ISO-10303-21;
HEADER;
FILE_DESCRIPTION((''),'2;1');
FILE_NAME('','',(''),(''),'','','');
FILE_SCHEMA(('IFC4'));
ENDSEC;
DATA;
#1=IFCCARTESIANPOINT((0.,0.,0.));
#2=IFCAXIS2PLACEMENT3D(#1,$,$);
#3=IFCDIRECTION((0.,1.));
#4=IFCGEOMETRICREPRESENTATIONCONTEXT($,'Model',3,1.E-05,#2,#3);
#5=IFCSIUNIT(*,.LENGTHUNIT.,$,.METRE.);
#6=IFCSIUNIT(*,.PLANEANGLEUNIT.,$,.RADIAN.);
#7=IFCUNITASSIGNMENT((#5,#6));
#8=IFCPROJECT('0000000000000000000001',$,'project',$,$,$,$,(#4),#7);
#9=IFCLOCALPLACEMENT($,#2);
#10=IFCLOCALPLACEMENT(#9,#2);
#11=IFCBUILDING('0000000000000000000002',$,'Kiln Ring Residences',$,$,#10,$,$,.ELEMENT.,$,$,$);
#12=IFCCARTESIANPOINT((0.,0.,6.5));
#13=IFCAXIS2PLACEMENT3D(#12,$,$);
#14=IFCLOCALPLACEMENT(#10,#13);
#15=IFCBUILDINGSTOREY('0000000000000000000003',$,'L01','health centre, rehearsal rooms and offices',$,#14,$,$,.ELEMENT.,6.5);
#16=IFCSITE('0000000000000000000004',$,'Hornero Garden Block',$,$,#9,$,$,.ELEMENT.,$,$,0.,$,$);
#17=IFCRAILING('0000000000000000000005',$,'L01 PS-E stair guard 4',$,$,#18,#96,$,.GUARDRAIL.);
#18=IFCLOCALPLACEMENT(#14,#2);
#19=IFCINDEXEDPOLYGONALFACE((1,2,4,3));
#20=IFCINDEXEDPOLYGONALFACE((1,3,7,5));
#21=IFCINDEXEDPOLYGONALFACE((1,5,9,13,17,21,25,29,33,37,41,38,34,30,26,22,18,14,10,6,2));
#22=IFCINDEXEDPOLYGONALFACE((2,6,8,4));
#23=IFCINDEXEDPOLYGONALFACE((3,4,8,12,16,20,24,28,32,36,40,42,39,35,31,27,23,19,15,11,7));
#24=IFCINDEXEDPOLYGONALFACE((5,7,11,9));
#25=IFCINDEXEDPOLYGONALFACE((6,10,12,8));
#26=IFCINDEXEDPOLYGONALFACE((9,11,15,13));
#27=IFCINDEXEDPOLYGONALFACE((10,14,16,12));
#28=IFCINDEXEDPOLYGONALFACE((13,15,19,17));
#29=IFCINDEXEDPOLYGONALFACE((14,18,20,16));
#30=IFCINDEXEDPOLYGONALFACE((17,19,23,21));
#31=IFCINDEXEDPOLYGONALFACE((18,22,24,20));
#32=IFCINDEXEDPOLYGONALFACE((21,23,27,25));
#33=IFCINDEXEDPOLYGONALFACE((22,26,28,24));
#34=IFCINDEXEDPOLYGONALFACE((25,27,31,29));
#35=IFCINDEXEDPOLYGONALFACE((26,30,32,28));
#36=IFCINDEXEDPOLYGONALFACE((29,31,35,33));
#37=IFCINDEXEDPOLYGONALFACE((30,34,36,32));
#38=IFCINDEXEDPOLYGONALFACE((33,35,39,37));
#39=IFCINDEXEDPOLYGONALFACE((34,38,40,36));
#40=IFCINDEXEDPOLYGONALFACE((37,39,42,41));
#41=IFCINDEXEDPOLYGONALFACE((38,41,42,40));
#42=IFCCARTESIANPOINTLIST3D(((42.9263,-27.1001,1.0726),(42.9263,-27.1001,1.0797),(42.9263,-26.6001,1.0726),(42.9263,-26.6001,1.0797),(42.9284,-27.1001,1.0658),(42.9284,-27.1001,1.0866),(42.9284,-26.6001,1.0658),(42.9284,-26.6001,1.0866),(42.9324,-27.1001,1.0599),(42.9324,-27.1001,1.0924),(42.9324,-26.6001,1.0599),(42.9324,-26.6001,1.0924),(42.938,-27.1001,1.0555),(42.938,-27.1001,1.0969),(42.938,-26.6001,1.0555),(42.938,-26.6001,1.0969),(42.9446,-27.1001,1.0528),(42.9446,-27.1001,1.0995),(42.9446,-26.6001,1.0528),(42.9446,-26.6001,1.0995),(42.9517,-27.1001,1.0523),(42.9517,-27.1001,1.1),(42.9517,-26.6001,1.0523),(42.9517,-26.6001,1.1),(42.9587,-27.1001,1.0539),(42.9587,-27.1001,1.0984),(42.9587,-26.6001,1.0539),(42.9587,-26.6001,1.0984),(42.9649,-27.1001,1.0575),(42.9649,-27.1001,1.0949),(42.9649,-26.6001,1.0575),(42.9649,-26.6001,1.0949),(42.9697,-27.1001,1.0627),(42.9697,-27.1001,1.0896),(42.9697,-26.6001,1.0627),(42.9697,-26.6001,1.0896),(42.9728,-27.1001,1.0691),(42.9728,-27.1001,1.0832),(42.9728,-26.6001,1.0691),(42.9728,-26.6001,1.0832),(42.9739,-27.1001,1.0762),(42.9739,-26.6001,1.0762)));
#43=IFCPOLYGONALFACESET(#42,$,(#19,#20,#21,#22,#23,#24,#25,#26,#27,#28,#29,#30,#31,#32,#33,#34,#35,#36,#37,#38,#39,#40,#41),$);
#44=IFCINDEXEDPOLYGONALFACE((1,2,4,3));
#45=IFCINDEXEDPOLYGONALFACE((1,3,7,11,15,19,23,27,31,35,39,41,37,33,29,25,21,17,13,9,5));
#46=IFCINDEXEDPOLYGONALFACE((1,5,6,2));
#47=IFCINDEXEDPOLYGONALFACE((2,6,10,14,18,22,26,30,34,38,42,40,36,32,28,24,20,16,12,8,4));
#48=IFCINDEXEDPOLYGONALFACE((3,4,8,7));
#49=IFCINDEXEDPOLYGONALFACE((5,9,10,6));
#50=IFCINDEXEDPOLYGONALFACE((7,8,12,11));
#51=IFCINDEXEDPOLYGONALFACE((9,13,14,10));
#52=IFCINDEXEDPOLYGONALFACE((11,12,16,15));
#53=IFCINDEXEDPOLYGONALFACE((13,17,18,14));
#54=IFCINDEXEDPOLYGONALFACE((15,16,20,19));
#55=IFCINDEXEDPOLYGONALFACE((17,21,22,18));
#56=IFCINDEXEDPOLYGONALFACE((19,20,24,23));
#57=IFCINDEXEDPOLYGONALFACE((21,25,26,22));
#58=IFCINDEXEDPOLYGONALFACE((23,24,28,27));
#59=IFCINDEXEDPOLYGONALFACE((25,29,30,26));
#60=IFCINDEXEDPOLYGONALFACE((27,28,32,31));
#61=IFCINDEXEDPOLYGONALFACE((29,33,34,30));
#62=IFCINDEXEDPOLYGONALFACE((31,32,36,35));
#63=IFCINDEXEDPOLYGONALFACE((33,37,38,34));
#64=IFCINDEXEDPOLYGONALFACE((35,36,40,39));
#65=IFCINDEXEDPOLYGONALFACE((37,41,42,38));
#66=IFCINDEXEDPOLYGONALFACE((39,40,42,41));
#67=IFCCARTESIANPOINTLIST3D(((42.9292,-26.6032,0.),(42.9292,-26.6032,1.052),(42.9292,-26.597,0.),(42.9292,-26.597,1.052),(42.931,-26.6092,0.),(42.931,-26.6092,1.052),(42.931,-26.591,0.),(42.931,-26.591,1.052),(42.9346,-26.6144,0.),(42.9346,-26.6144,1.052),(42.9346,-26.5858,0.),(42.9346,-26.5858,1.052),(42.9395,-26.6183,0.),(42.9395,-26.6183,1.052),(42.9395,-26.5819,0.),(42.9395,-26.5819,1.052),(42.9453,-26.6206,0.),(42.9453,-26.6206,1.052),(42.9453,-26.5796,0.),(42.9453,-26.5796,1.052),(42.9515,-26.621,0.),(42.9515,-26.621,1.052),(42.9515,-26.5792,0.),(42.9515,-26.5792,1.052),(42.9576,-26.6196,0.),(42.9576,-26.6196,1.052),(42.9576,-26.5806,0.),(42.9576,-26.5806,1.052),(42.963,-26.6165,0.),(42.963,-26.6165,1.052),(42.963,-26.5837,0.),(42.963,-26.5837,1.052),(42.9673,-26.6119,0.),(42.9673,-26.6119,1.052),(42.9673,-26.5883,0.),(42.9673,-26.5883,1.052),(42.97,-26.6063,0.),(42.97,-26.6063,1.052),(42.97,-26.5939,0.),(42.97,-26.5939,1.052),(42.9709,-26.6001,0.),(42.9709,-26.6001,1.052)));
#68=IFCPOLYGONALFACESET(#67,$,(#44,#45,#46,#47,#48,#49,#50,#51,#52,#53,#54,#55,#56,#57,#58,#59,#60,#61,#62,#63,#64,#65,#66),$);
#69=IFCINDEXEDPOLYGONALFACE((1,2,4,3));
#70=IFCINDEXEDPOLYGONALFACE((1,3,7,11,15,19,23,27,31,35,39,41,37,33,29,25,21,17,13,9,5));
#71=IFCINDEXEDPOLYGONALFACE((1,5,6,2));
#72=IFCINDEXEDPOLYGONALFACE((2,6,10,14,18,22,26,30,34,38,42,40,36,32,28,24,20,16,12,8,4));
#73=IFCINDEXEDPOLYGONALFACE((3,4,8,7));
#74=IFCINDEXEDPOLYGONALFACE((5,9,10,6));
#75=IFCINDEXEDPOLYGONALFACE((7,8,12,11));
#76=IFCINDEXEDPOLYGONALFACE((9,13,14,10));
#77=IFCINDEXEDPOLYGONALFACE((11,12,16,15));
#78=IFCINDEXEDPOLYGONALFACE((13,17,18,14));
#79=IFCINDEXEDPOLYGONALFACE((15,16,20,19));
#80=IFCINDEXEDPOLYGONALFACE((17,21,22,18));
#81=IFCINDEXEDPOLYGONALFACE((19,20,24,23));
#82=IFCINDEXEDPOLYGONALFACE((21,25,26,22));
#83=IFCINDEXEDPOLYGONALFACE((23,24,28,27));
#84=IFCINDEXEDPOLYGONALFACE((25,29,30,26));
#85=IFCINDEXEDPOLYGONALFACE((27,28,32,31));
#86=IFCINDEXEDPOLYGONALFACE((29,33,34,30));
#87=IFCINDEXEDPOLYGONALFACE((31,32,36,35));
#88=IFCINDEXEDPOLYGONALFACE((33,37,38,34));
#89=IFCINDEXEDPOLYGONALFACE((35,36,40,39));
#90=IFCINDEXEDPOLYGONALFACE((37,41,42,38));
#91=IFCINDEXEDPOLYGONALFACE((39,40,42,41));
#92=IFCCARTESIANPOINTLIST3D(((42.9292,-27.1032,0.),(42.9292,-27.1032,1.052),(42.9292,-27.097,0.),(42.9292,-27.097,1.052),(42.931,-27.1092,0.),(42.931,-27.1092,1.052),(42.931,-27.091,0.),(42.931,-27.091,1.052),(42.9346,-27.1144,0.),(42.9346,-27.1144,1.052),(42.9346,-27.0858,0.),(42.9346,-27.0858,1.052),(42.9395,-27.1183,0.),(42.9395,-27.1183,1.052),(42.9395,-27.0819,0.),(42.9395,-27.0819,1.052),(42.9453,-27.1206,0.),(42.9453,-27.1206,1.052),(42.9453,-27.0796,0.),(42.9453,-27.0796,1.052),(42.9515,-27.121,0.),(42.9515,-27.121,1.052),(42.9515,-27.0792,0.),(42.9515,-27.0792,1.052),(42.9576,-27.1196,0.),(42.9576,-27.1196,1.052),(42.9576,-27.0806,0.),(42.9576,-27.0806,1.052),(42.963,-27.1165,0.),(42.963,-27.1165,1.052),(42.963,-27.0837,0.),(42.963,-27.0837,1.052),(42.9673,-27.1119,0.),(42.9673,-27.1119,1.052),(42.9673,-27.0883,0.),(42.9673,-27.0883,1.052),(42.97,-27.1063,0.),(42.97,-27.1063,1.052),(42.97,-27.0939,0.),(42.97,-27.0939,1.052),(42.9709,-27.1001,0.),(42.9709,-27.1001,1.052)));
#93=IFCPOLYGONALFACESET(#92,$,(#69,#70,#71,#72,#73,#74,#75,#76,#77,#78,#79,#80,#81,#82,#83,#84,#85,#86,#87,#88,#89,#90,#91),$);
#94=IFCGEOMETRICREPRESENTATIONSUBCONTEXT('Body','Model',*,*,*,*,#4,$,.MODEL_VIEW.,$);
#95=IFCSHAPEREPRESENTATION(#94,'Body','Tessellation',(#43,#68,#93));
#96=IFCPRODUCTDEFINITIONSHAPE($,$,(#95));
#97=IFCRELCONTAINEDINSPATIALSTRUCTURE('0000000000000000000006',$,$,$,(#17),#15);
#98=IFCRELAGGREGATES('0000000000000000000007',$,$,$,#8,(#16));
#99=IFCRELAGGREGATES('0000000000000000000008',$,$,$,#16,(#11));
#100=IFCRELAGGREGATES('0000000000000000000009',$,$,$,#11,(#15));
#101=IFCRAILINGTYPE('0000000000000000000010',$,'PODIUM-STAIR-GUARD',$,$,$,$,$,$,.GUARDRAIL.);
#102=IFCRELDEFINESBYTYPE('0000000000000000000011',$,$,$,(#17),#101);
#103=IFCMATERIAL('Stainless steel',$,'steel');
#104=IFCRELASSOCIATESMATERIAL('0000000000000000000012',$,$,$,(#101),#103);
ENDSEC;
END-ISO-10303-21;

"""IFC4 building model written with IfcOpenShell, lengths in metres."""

from ifc_helpers import new_model, si_unit, direction, frame, origin, origin_2d, place, context, subcontext, project, spatial, circle, extrude, material, type_object, element, save


model = new_model("IFC4")

# Units and contexts
model_context = context("Model", 3, precision=1e-05, world=origin(), true_north=direction((0.0, 1.0)))
body_context = subcontext(model_context, "Body", "Model", "MODEL_VIEW")
ifc_project = project(units=[si_unit("LENGTHUNIT", "METRE"), si_unit("PLANEANGLEUNIT", "RADIAN")], contexts=[model_context])

# Site, building, storey
site_placement = place(None, origin())
site = spatial("IfcSite", under=ifc_project, at=site_placement, Name="Hornero Garden Block", CompositionType="ELEMENT", RefElevation=0.0)
building_placement = place(site_placement, origin())
building = spatial("IfcBuilding", under=site, at=building_placement, Name="Kiln Ring Residences", CompositionType="ELEMENT")
storey_placement = place(building_placement, frame((0.0, 0.0, 6.5)))
storey = spatial("IfcBuildingStorey", under=building, at=storey_placement, Name="L01", Description="health centre, rehearsal rooms and offices", CompositionType="ELEMENT", Elevation=6.5)

# Railing
ifc_material_1 = material(Name="Stainless steel", Category="steel")
railing_type_1 = type_object("IfcRailingType", Name="PODIUM-STAIR-GUARD", PredefinedType="GUARDRAIL", material=ifc_material_1)
railing_1_placement = place(storey_placement, frame((42.95, -26.6001, 0.0)))
element("IfcRailing", 1, at=railing_1_placement, inside=storey, type_object=railing_type_1, Name="L01 PS-E stair guard 4", PredefinedType="GUARDRAIL", context=body_context, shape_type="SweptSolid", body=[
    extrude(circle(Radius=0.0239, at=origin_2d()), frame((0.0, 0.0, 1.0762), z_axis=(0.0, -1.0, 0.0), x_axis=(1.0, 0.0, 0.0)), (0.0, 0.0, 1.0), 0.5),
    extrude(circle(Radius=0.021, at=origin_2d()), origin(), (0.0, 0.0, 1.0), 1.052),
    extrude(circle(Radius=0.021, at=origin_2d()), frame((0.0, -0.5, 0.0)), (0.0, 0.0, 1.0), 1.052),
])

save(model, "model.ifc")
